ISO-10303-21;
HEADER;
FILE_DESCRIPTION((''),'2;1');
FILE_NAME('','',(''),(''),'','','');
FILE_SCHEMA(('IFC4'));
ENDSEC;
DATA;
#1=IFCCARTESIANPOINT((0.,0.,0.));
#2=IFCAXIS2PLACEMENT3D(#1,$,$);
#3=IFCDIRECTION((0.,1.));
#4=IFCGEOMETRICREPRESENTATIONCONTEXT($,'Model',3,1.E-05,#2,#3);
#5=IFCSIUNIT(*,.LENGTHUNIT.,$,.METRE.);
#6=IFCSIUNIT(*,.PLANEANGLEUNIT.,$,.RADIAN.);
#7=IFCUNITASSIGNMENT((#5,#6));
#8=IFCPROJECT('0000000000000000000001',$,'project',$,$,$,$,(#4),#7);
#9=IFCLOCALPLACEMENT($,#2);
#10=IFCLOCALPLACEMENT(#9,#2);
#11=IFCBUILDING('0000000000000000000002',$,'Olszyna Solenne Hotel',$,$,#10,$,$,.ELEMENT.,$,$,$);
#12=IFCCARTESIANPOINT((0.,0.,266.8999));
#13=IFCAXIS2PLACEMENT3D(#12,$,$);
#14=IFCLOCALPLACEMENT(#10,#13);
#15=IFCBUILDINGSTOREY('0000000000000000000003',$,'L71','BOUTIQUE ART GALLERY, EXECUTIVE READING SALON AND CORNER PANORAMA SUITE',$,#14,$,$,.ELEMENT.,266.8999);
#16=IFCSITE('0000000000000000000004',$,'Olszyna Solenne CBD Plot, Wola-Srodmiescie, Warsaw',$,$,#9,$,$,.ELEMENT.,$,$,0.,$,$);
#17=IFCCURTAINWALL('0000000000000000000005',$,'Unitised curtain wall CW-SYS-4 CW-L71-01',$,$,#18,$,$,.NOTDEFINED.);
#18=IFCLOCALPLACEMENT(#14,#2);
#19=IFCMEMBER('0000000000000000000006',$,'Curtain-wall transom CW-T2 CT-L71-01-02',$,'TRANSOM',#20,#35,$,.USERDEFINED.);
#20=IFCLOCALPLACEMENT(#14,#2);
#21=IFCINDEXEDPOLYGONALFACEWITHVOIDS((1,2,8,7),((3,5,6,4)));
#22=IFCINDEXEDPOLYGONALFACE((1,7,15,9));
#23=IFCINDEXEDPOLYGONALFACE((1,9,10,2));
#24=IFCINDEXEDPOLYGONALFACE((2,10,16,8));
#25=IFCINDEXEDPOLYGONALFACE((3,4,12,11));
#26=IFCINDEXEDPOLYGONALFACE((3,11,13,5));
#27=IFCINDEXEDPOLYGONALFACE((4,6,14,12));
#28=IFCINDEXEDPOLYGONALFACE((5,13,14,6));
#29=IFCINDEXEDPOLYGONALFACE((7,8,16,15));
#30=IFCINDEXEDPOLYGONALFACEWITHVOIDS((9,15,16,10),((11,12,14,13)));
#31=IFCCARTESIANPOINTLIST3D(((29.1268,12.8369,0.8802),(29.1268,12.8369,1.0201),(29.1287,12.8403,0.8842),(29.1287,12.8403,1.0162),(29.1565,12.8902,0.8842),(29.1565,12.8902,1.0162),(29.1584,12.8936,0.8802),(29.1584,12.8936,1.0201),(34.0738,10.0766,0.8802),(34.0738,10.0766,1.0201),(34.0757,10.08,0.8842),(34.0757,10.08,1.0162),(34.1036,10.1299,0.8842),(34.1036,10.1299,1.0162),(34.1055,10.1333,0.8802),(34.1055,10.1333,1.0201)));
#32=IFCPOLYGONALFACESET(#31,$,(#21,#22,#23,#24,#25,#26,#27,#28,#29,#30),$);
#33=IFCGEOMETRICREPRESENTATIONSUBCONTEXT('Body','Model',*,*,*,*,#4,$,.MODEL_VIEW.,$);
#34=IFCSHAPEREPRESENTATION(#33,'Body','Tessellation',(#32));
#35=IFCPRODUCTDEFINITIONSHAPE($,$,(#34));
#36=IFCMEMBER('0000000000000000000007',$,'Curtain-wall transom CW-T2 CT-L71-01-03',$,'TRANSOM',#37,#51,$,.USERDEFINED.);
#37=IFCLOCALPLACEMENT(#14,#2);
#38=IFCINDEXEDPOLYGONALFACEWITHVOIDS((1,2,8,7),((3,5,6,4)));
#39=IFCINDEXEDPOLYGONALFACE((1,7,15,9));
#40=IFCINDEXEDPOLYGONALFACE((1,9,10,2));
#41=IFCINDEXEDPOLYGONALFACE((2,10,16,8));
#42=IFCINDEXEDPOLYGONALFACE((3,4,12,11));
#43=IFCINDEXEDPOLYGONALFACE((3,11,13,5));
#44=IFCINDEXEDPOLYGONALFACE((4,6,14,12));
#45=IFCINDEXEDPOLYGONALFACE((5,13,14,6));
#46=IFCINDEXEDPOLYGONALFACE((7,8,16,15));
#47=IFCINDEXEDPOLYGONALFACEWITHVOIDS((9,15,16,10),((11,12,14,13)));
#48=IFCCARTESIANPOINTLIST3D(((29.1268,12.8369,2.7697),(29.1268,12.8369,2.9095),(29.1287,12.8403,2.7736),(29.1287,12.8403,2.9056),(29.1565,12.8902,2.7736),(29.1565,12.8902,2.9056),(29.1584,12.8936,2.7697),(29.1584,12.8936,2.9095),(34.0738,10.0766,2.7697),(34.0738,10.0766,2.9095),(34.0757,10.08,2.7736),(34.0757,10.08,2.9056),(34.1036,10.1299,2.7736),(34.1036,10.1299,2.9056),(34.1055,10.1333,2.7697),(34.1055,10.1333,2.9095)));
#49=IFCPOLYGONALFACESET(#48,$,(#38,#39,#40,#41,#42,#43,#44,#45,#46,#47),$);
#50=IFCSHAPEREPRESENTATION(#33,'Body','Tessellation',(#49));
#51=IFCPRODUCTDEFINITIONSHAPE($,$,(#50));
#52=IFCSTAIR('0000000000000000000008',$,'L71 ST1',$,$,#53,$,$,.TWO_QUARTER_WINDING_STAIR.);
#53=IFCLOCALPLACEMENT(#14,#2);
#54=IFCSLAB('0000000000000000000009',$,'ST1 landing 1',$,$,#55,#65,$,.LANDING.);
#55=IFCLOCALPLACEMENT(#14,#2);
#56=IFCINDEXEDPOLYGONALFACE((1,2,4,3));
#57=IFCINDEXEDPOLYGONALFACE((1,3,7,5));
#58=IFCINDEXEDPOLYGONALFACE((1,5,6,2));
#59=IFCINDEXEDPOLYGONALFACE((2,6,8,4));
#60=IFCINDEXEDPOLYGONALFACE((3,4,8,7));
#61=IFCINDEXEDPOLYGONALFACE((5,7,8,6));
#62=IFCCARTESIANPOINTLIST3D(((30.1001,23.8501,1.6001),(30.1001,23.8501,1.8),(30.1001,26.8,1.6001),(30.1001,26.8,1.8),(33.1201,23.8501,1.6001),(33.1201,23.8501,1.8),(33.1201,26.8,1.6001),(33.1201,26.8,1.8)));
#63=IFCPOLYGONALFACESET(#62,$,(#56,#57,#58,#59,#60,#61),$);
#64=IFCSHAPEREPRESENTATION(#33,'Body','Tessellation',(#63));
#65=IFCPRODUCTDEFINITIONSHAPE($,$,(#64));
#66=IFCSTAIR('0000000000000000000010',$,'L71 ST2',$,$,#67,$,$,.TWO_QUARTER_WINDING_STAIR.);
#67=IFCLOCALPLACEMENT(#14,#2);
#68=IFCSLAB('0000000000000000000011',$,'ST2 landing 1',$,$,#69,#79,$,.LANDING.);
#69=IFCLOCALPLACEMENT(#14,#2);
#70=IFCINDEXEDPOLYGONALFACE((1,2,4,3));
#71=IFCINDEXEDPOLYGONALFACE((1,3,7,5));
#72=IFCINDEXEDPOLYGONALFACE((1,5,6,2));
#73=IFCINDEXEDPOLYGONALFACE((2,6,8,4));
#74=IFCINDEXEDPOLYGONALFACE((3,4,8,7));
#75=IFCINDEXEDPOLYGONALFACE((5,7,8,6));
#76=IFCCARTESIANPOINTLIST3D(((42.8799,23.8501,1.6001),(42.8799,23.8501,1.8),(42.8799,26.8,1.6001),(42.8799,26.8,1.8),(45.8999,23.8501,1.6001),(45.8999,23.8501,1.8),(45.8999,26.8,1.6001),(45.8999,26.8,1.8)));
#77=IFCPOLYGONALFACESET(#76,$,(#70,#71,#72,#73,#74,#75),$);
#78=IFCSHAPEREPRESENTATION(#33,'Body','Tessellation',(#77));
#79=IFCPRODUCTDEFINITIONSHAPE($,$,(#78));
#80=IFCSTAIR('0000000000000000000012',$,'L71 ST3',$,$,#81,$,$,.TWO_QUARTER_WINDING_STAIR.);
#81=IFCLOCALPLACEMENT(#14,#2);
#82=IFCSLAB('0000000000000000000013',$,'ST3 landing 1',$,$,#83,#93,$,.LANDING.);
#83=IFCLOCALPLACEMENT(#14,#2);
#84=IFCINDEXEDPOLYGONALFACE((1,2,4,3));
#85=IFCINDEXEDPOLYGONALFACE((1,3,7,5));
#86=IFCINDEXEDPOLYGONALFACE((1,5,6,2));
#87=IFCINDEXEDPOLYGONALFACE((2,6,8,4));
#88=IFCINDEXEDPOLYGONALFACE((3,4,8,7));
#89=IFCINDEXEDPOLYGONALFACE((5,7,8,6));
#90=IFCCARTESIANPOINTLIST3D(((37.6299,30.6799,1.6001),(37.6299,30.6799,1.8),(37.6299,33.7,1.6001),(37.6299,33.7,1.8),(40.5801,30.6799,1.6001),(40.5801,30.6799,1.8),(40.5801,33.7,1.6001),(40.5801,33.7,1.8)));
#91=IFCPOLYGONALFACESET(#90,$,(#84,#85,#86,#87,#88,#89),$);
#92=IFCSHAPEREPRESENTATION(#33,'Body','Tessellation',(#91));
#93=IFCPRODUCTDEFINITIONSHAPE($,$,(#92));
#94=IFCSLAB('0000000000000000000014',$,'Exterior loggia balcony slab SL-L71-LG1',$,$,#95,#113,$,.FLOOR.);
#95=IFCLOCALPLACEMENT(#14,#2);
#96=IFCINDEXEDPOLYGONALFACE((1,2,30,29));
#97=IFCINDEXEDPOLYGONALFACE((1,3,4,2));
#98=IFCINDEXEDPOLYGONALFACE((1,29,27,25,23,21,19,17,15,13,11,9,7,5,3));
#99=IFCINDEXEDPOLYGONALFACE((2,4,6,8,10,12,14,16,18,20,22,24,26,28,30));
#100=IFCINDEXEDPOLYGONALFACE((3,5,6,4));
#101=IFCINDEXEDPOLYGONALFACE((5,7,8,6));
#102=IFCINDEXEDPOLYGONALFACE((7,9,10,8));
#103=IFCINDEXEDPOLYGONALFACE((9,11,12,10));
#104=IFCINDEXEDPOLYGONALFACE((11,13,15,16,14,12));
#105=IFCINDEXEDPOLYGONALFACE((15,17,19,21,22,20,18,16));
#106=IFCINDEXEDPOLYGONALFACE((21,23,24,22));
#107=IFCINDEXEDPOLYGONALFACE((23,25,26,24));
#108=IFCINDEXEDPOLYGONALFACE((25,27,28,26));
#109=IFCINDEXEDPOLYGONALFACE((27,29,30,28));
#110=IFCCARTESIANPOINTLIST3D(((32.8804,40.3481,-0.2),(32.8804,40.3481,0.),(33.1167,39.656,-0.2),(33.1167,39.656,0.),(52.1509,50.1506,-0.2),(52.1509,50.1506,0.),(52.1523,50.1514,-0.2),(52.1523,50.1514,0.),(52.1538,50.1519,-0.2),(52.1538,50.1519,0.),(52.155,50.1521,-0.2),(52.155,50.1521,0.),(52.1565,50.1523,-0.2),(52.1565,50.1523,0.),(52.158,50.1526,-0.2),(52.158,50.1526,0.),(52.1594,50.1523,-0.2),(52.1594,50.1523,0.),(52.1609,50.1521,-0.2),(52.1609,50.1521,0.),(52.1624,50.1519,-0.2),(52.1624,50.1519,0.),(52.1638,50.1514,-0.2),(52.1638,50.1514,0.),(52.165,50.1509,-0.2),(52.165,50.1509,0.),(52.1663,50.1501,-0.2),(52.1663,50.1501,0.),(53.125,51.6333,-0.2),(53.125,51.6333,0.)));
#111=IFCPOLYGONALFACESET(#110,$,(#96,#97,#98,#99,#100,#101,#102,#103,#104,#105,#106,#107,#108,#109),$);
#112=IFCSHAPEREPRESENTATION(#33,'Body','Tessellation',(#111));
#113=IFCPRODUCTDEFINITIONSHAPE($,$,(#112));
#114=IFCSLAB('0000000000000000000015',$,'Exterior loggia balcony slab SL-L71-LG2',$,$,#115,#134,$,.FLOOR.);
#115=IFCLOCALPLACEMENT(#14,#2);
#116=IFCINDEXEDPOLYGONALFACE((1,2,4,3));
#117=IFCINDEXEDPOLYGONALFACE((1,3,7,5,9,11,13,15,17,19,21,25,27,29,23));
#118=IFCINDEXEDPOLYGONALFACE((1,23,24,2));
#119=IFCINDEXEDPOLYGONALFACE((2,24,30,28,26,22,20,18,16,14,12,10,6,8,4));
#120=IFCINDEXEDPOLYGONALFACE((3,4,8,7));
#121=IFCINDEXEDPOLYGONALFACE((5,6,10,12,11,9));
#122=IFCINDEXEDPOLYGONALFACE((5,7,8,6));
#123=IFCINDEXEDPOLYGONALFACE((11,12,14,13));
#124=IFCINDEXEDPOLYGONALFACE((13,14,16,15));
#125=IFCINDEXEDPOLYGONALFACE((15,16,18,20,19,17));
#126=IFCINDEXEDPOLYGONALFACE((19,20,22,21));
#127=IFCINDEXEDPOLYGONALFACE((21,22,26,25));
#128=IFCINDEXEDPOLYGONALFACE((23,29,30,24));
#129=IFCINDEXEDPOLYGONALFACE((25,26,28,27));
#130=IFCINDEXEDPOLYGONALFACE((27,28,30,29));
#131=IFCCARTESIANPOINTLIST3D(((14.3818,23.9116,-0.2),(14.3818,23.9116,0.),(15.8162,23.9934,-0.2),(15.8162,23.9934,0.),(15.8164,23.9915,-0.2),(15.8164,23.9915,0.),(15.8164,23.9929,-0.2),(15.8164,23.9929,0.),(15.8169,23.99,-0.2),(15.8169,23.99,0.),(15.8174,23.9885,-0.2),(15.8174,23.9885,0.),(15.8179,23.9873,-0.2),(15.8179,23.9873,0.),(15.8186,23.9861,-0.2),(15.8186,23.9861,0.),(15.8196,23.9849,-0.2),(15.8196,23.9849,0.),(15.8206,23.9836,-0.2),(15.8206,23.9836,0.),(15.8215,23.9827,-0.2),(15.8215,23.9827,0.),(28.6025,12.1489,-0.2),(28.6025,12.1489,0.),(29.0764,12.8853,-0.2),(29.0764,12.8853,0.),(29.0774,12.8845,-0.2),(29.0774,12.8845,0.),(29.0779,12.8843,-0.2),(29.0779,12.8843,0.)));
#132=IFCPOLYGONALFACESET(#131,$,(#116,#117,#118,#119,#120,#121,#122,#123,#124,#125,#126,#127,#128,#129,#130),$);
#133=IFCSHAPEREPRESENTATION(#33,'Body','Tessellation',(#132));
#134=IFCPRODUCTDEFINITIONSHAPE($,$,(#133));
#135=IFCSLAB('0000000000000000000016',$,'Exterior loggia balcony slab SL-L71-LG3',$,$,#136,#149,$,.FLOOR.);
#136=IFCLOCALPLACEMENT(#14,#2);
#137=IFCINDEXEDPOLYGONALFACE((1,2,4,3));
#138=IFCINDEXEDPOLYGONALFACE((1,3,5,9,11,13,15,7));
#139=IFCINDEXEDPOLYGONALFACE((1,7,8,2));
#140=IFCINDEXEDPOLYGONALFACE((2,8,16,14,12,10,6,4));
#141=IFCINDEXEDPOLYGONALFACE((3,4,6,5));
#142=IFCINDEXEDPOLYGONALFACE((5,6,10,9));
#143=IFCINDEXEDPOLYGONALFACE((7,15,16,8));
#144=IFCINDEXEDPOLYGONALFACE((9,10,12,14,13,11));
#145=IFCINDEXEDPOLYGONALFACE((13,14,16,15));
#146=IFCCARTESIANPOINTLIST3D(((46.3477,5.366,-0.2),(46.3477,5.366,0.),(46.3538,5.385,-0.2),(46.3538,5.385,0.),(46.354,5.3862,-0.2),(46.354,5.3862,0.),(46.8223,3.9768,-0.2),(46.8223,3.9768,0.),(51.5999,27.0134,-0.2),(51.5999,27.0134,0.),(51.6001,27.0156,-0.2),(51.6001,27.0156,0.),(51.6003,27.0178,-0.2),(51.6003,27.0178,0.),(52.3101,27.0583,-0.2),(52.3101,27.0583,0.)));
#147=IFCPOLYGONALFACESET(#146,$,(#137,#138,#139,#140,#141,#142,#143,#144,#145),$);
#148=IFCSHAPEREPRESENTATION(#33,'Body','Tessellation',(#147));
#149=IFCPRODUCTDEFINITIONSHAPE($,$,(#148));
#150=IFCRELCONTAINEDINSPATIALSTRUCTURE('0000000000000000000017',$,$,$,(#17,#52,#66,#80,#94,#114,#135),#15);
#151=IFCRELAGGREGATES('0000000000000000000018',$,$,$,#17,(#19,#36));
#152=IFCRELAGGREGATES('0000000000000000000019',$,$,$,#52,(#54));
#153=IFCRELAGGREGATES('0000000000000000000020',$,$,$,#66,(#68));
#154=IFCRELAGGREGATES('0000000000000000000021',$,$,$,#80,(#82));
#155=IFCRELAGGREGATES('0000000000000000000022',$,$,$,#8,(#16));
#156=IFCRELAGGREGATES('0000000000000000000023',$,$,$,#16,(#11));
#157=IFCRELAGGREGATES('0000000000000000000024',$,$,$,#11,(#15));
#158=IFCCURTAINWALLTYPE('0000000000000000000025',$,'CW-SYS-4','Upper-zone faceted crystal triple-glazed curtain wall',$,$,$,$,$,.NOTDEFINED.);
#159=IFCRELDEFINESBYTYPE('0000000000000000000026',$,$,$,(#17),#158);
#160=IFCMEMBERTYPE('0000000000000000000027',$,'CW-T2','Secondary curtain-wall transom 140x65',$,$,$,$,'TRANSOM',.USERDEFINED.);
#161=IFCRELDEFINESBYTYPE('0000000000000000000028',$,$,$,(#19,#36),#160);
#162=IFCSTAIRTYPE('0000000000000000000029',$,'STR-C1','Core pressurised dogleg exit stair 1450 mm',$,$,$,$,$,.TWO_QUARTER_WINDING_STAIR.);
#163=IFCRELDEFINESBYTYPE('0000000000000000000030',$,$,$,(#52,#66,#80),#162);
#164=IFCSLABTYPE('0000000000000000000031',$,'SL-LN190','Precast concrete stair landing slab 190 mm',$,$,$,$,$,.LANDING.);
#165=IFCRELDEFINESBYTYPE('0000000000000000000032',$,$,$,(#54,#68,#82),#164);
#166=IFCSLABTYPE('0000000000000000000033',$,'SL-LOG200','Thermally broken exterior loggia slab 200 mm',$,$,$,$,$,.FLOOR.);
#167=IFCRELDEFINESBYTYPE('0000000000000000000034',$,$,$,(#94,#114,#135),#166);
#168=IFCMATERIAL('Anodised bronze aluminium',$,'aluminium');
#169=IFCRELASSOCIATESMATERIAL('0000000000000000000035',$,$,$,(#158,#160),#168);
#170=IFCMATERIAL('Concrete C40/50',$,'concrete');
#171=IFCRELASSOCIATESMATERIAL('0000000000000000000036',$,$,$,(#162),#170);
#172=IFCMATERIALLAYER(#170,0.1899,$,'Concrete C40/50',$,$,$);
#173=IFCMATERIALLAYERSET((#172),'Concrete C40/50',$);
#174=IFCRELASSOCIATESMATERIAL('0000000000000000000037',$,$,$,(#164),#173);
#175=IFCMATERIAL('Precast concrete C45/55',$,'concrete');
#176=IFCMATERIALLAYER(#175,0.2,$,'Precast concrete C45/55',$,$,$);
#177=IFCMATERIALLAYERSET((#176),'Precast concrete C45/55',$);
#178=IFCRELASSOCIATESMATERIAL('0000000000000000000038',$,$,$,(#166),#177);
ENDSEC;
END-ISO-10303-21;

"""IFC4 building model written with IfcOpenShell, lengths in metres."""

from ifc_helpers import new_model, si_unit, direction, frame, origin, origin_2d, place, context, subcontext, project, spatial, polyline, hollow_rectangle, outline, extrude, source, transform, mapped, material, layer, layer_set, material_profile, profile_set, type_object, element, aggregate, save


model = new_model("IFC4")

# Units and contexts
model_context = context("Model", 3, precision=1e-05, world=origin(), true_north=direction((0.0, 1.0)))
body_context = subcontext(model_context, "Body", "Model", "MODEL_VIEW")
ifc_project = project(units=[si_unit("LENGTHUNIT", "METRE"), si_unit("PLANEANGLEUNIT", "RADIAN")], contexts=[model_context])

# Site, building, storey
site_placement = place(None, origin())
site = spatial("IfcSite", under=ifc_project, at=site_placement, Name="Olszyna Solenne CBD Plot, Wola-Srodmiescie, Warsaw", CompositionType="ELEMENT", RefElevation=0.0)
building_placement = place(site_placement, origin())
building = spatial("IfcBuilding", under=site, at=building_placement, Name="Olszyna Solenne Hotel", CompositionType="ELEMENT")
storey_placement = place(building_placement, frame((0.0, 0.0, 266.8999)))
storey = spatial("IfcBuildingStorey", under=building, at=storey_placement, Name="L71", Description="BOUTIQUE ART GALLERY, EXECUTIVE READING SALON AND CORNER PANORAMA SUITE", CompositionType="ELEMENT", Elevation=266.8999)

# Curtain wall, members
ifc_material_1 = material(Name="Anodised bronze aluminium", Category="aluminium")
curtain_wall_type = type_object("IfcCurtainWallType", Name="CW-SYS-4", Description="Upper-zone faceted crystal triple-glazed curtain wall", PredefinedType="NOTDEFINED", material=ifc_material_1)
curtain_wall_placement = place(storey_placement, origin())
curtain_wall = element("IfcCurtainWall", 1, at=curtain_wall_placement, inside=storey, type_object=curtain_wall_type, Name="Unitised curtain wall CW-SYS-4 CW-L71-01", PredefinedType="NOTDEFINED")
ifc_material_profile_1 = material_profile(ifc_material_1, hollow_rectangle(XDim=0.0649, YDim=0.1399, WallThickness=0.0039, at=origin_2d()), Name="TRAN 140x65x4", Category="load-bearing")
ifc_profile_set_1 = profile_set([ifc_material_profile_1], Name="Anodised bronze aluminium")
member_type_1 = type_object("IfcMemberType", Name="CW-T2", Description="Secondary curtain-wall transom 140x65", ElementType="TRANSOM", PredefinedType="USERDEFINED", material=ifc_profile_set_1)
shared_shape_1 = source(origin(), body_context, "Body", "SweptSolid", [
    extrude(hollow_rectangle(XDim=0.0649, YDim=0.1399, WallThickness=0.0039, at=origin_2d()), origin(), (0.0, 0.0, 1.0), 5.665),
])
member_1_placement = place(storey_placement, frame((29.1426, 12.8652, 0.9502), z_axis=(0.873263, -0.487248, 0.0), x_axis=(0.487248, 0.873263, 0.0)))
member_1 = element("IfcMember", 2, at=member_1_placement, type_object=member_type_1, Name="Curtain-wall transom CW-T2 CT-L71-01-02", ObjectType="TRANSOM", PredefinedType="USERDEFINED", context=body_context, shape_type="MappedRepresentation", body=[
    mapped(shared_shape_1, transform((0.0, 0.0, 0.0), x_axis=(1.0, 0.0, 0.0), y_axis=(0.0, 1.0, 0.0), z_axis=(0.0, 0.0, 1.0), scale=1.0)),
])
member_2_placement = place(storey_placement, frame((29.1426, 12.8652, 2.8396), z_axis=(0.873263, -0.487248, 0.0), x_axis=(0.487248, 0.873263, 0.0)))
member_2 = element("IfcMember", 3, at=member_2_placement, type_object=member_type_1, Name="Curtain-wall transom CW-T2 CT-L71-01-03", ObjectType="TRANSOM", PredefinedType="USERDEFINED", context=body_context, shape_type="MappedRepresentation", body=[
    mapped(shared_shape_1, transform((0.0, 0.0, 0.0), x_axis=(1.0, 0.0, 0.0), y_axis=(0.0, 1.0, 0.0), z_axis=(0.0, 0.0, 1.0), scale=1.0)),
])
aggregate(curtain_wall, [member_1, member_2])

# Stairs, slabs
ifc_material_2 = material(Name="Concrete C40/50", Category="concrete")
stair_type = type_object("IfcStairType", Name="STR-C1", Description="Core pressurised dogleg exit stair 1450 mm", PredefinedType="TWO_QUARTER_WINDING_STAIR", material=ifc_material_2)
stair_1_placement = place(storey_placement, origin())
stair_1 = element("IfcStair", 4, at=stair_1_placement, inside=storey, type_object=stair_type, Name="L71 ST1", PredefinedType="TWO_QUARTER_WINDING_STAIR")
ifc_layer_1 = layer(ifc_material_2, 0.1899, Name="Concrete C40/50")
ifc_layer_set_1 = layer_set([ifc_layer_1], Name="Concrete C40/50")
slab_type_1 = type_object("IfcSlabType", Name="SL-LN190", Description="Precast concrete stair landing slab 190 mm", PredefinedType="LANDING", material=ifc_layer_set_1)
slab_1_placement = place(storey_placement, frame((0.0, 0.0, 1.6001)))
slab_1 = element("IfcSlab", 5, at=slab_1_placement, type_object=slab_type_1, Name="ST1 landing 1", PredefinedType="LANDING", context=body_context, shape_type="SweptSolid", body=[
    extrude(outline(polyline([(33.1201, 23.8501), (33.1201, 26.8), (30.1001, 26.8), (30.1001, 23.8501), (33.1201, 23.8501)])), origin(), (0.0, 0.0, 1.0), 0.2),
])
aggregate(stair_1, [slab_1])
stair_2_placement = place(storey_placement, origin())
stair_2 = element("IfcStair", 6, at=stair_2_placement, inside=storey, type_object=stair_type, Name="L71 ST2", PredefinedType="TWO_QUARTER_WINDING_STAIR")
slab_2_placement = place(storey_placement, frame((0.0, 0.0, 1.6001)))
slab_2 = element("IfcSlab", 7, at=slab_2_placement, type_object=slab_type_1, Name="ST2 landing 1", PredefinedType="LANDING", context=body_context, shape_type="SweptSolid", body=[
    extrude(outline(polyline([(45.8999, 23.8501), (45.8999, 26.8), (42.8799, 26.8), (42.8799, 23.8501), (45.8999, 23.8501)])), origin(), (0.0, 0.0, 1.0), 0.2),
])
aggregate(stair_2, [slab_2])
stair_3_placement = place(storey_placement, origin())
stair_3 = element("IfcStair", 8, at=stair_3_placement, inside=storey, type_object=stair_type, Name="L71 ST3", PredefinedType="TWO_QUARTER_WINDING_STAIR")
slab_3_placement = place(storey_placement, frame((0.0, 0.0, 1.6001)))
slab_3 = element("IfcSlab", 9, at=slab_3_placement, type_object=slab_type_1, Name="ST3 landing 1", PredefinedType="LANDING", context=body_context, shape_type="SweptSolid", body=[
    extrude(outline(polyline([(37.6299, 30.6799), (40.5801, 30.6799), (40.5801, 33.7), (37.6299, 33.7), (37.6299, 30.6799)])), origin(), (0.0, 0.0, 1.0), 0.2),
])
aggregate(stair_3, [slab_3])

# Slabs
ifc_material_3 = material(Name="Precast concrete C45/55", Category="concrete")
ifc_layer_2 = layer(ifc_material_3, 0.2, Name="Precast concrete C45/55")
ifc_layer_set_2 = layer_set([ifc_layer_2], Name="Precast concrete C45/55")
slab_type_2 = type_object("IfcSlabType", Name="SL-LOG200", Description="Thermally broken exterior loggia slab 200 mm", PredefinedType="FLOOR", material=ifc_layer_set_2)
slab_4_placement = place(storey_placement, frame((0.0, 0.0, -0.2)))
element("IfcSlab", 10, at=slab_4_placement, inside=storey, type_object=slab_type_2, Name="Exterior loggia balcony slab SL-L71-LG1", PredefinedType="FLOOR", context=body_context, shape_type="SweptSolid", body=[
    extrude(outline(polyline([(33.1167, 39.656), (52.1509, 50.1506), (52.1523, 50.1514), (52.1538, 50.1519), (52.155, 50.1521), (52.1565, 50.1523), (52.158, 50.1526), (52.1594, 50.1523), (52.1609, 50.1521), (52.1624, 50.1519), (52.1638, 50.1514), (52.165, 50.1509), (52.1663, 50.1501), (53.125, 51.6333), (32.8804, 40.3481), (33.1167, 39.656)])), origin(), (0.0, 0.0, 1.0), 0.2),
])
slab_5_placement = place(storey_placement, frame((0.0, 0.0, -0.2)))
element("IfcSlab", 11, at=slab_5_placement, inside=storey, type_object=slab_type_2, Name="Exterior loggia balcony slab SL-L71-LG2", PredefinedType="FLOOR", context=body_context, shape_type="SweptSolid", body=[
    extrude(outline(polyline([(29.0779, 12.8843), (29.0774, 12.8845), (29.0764, 12.8853), (15.8215, 23.9827), (15.8206, 23.9836), (15.8196, 23.9849), (15.8186, 23.9861), (15.8179, 23.9873), (15.8174, 23.9885), (15.8169, 23.99), (15.8164, 23.9915), (15.8164, 23.9929), (15.8162, 23.9934), (14.3818, 23.9116), (28.6025, 12.1489), (29.0779, 12.8843)])), origin(), (0.0, 0.0, 1.0), 0.2),
])
slab_6_placement = place(storey_placement, frame((0.0, 0.0, -0.2)))
element("IfcSlab", 12, at=slab_6_placement, inside=storey, type_object=slab_type_2, Name="Exterior loggia balcony slab SL-L71-LG3", PredefinedType="FLOOR", context=body_context, shape_type="SweptSolid", body=[
    extrude(outline(polyline([(51.6003, 27.0178), (51.6001, 27.0156), (51.5999, 27.0134), (46.354, 5.3862), (46.3538, 5.385), (46.3477, 5.366), (46.8223, 3.9768), (52.3101, 27.0583), (51.6003, 27.0178)])), origin(), (0.0, 0.0, 1.0), 0.2),
])

save(model, "model.ifc")
